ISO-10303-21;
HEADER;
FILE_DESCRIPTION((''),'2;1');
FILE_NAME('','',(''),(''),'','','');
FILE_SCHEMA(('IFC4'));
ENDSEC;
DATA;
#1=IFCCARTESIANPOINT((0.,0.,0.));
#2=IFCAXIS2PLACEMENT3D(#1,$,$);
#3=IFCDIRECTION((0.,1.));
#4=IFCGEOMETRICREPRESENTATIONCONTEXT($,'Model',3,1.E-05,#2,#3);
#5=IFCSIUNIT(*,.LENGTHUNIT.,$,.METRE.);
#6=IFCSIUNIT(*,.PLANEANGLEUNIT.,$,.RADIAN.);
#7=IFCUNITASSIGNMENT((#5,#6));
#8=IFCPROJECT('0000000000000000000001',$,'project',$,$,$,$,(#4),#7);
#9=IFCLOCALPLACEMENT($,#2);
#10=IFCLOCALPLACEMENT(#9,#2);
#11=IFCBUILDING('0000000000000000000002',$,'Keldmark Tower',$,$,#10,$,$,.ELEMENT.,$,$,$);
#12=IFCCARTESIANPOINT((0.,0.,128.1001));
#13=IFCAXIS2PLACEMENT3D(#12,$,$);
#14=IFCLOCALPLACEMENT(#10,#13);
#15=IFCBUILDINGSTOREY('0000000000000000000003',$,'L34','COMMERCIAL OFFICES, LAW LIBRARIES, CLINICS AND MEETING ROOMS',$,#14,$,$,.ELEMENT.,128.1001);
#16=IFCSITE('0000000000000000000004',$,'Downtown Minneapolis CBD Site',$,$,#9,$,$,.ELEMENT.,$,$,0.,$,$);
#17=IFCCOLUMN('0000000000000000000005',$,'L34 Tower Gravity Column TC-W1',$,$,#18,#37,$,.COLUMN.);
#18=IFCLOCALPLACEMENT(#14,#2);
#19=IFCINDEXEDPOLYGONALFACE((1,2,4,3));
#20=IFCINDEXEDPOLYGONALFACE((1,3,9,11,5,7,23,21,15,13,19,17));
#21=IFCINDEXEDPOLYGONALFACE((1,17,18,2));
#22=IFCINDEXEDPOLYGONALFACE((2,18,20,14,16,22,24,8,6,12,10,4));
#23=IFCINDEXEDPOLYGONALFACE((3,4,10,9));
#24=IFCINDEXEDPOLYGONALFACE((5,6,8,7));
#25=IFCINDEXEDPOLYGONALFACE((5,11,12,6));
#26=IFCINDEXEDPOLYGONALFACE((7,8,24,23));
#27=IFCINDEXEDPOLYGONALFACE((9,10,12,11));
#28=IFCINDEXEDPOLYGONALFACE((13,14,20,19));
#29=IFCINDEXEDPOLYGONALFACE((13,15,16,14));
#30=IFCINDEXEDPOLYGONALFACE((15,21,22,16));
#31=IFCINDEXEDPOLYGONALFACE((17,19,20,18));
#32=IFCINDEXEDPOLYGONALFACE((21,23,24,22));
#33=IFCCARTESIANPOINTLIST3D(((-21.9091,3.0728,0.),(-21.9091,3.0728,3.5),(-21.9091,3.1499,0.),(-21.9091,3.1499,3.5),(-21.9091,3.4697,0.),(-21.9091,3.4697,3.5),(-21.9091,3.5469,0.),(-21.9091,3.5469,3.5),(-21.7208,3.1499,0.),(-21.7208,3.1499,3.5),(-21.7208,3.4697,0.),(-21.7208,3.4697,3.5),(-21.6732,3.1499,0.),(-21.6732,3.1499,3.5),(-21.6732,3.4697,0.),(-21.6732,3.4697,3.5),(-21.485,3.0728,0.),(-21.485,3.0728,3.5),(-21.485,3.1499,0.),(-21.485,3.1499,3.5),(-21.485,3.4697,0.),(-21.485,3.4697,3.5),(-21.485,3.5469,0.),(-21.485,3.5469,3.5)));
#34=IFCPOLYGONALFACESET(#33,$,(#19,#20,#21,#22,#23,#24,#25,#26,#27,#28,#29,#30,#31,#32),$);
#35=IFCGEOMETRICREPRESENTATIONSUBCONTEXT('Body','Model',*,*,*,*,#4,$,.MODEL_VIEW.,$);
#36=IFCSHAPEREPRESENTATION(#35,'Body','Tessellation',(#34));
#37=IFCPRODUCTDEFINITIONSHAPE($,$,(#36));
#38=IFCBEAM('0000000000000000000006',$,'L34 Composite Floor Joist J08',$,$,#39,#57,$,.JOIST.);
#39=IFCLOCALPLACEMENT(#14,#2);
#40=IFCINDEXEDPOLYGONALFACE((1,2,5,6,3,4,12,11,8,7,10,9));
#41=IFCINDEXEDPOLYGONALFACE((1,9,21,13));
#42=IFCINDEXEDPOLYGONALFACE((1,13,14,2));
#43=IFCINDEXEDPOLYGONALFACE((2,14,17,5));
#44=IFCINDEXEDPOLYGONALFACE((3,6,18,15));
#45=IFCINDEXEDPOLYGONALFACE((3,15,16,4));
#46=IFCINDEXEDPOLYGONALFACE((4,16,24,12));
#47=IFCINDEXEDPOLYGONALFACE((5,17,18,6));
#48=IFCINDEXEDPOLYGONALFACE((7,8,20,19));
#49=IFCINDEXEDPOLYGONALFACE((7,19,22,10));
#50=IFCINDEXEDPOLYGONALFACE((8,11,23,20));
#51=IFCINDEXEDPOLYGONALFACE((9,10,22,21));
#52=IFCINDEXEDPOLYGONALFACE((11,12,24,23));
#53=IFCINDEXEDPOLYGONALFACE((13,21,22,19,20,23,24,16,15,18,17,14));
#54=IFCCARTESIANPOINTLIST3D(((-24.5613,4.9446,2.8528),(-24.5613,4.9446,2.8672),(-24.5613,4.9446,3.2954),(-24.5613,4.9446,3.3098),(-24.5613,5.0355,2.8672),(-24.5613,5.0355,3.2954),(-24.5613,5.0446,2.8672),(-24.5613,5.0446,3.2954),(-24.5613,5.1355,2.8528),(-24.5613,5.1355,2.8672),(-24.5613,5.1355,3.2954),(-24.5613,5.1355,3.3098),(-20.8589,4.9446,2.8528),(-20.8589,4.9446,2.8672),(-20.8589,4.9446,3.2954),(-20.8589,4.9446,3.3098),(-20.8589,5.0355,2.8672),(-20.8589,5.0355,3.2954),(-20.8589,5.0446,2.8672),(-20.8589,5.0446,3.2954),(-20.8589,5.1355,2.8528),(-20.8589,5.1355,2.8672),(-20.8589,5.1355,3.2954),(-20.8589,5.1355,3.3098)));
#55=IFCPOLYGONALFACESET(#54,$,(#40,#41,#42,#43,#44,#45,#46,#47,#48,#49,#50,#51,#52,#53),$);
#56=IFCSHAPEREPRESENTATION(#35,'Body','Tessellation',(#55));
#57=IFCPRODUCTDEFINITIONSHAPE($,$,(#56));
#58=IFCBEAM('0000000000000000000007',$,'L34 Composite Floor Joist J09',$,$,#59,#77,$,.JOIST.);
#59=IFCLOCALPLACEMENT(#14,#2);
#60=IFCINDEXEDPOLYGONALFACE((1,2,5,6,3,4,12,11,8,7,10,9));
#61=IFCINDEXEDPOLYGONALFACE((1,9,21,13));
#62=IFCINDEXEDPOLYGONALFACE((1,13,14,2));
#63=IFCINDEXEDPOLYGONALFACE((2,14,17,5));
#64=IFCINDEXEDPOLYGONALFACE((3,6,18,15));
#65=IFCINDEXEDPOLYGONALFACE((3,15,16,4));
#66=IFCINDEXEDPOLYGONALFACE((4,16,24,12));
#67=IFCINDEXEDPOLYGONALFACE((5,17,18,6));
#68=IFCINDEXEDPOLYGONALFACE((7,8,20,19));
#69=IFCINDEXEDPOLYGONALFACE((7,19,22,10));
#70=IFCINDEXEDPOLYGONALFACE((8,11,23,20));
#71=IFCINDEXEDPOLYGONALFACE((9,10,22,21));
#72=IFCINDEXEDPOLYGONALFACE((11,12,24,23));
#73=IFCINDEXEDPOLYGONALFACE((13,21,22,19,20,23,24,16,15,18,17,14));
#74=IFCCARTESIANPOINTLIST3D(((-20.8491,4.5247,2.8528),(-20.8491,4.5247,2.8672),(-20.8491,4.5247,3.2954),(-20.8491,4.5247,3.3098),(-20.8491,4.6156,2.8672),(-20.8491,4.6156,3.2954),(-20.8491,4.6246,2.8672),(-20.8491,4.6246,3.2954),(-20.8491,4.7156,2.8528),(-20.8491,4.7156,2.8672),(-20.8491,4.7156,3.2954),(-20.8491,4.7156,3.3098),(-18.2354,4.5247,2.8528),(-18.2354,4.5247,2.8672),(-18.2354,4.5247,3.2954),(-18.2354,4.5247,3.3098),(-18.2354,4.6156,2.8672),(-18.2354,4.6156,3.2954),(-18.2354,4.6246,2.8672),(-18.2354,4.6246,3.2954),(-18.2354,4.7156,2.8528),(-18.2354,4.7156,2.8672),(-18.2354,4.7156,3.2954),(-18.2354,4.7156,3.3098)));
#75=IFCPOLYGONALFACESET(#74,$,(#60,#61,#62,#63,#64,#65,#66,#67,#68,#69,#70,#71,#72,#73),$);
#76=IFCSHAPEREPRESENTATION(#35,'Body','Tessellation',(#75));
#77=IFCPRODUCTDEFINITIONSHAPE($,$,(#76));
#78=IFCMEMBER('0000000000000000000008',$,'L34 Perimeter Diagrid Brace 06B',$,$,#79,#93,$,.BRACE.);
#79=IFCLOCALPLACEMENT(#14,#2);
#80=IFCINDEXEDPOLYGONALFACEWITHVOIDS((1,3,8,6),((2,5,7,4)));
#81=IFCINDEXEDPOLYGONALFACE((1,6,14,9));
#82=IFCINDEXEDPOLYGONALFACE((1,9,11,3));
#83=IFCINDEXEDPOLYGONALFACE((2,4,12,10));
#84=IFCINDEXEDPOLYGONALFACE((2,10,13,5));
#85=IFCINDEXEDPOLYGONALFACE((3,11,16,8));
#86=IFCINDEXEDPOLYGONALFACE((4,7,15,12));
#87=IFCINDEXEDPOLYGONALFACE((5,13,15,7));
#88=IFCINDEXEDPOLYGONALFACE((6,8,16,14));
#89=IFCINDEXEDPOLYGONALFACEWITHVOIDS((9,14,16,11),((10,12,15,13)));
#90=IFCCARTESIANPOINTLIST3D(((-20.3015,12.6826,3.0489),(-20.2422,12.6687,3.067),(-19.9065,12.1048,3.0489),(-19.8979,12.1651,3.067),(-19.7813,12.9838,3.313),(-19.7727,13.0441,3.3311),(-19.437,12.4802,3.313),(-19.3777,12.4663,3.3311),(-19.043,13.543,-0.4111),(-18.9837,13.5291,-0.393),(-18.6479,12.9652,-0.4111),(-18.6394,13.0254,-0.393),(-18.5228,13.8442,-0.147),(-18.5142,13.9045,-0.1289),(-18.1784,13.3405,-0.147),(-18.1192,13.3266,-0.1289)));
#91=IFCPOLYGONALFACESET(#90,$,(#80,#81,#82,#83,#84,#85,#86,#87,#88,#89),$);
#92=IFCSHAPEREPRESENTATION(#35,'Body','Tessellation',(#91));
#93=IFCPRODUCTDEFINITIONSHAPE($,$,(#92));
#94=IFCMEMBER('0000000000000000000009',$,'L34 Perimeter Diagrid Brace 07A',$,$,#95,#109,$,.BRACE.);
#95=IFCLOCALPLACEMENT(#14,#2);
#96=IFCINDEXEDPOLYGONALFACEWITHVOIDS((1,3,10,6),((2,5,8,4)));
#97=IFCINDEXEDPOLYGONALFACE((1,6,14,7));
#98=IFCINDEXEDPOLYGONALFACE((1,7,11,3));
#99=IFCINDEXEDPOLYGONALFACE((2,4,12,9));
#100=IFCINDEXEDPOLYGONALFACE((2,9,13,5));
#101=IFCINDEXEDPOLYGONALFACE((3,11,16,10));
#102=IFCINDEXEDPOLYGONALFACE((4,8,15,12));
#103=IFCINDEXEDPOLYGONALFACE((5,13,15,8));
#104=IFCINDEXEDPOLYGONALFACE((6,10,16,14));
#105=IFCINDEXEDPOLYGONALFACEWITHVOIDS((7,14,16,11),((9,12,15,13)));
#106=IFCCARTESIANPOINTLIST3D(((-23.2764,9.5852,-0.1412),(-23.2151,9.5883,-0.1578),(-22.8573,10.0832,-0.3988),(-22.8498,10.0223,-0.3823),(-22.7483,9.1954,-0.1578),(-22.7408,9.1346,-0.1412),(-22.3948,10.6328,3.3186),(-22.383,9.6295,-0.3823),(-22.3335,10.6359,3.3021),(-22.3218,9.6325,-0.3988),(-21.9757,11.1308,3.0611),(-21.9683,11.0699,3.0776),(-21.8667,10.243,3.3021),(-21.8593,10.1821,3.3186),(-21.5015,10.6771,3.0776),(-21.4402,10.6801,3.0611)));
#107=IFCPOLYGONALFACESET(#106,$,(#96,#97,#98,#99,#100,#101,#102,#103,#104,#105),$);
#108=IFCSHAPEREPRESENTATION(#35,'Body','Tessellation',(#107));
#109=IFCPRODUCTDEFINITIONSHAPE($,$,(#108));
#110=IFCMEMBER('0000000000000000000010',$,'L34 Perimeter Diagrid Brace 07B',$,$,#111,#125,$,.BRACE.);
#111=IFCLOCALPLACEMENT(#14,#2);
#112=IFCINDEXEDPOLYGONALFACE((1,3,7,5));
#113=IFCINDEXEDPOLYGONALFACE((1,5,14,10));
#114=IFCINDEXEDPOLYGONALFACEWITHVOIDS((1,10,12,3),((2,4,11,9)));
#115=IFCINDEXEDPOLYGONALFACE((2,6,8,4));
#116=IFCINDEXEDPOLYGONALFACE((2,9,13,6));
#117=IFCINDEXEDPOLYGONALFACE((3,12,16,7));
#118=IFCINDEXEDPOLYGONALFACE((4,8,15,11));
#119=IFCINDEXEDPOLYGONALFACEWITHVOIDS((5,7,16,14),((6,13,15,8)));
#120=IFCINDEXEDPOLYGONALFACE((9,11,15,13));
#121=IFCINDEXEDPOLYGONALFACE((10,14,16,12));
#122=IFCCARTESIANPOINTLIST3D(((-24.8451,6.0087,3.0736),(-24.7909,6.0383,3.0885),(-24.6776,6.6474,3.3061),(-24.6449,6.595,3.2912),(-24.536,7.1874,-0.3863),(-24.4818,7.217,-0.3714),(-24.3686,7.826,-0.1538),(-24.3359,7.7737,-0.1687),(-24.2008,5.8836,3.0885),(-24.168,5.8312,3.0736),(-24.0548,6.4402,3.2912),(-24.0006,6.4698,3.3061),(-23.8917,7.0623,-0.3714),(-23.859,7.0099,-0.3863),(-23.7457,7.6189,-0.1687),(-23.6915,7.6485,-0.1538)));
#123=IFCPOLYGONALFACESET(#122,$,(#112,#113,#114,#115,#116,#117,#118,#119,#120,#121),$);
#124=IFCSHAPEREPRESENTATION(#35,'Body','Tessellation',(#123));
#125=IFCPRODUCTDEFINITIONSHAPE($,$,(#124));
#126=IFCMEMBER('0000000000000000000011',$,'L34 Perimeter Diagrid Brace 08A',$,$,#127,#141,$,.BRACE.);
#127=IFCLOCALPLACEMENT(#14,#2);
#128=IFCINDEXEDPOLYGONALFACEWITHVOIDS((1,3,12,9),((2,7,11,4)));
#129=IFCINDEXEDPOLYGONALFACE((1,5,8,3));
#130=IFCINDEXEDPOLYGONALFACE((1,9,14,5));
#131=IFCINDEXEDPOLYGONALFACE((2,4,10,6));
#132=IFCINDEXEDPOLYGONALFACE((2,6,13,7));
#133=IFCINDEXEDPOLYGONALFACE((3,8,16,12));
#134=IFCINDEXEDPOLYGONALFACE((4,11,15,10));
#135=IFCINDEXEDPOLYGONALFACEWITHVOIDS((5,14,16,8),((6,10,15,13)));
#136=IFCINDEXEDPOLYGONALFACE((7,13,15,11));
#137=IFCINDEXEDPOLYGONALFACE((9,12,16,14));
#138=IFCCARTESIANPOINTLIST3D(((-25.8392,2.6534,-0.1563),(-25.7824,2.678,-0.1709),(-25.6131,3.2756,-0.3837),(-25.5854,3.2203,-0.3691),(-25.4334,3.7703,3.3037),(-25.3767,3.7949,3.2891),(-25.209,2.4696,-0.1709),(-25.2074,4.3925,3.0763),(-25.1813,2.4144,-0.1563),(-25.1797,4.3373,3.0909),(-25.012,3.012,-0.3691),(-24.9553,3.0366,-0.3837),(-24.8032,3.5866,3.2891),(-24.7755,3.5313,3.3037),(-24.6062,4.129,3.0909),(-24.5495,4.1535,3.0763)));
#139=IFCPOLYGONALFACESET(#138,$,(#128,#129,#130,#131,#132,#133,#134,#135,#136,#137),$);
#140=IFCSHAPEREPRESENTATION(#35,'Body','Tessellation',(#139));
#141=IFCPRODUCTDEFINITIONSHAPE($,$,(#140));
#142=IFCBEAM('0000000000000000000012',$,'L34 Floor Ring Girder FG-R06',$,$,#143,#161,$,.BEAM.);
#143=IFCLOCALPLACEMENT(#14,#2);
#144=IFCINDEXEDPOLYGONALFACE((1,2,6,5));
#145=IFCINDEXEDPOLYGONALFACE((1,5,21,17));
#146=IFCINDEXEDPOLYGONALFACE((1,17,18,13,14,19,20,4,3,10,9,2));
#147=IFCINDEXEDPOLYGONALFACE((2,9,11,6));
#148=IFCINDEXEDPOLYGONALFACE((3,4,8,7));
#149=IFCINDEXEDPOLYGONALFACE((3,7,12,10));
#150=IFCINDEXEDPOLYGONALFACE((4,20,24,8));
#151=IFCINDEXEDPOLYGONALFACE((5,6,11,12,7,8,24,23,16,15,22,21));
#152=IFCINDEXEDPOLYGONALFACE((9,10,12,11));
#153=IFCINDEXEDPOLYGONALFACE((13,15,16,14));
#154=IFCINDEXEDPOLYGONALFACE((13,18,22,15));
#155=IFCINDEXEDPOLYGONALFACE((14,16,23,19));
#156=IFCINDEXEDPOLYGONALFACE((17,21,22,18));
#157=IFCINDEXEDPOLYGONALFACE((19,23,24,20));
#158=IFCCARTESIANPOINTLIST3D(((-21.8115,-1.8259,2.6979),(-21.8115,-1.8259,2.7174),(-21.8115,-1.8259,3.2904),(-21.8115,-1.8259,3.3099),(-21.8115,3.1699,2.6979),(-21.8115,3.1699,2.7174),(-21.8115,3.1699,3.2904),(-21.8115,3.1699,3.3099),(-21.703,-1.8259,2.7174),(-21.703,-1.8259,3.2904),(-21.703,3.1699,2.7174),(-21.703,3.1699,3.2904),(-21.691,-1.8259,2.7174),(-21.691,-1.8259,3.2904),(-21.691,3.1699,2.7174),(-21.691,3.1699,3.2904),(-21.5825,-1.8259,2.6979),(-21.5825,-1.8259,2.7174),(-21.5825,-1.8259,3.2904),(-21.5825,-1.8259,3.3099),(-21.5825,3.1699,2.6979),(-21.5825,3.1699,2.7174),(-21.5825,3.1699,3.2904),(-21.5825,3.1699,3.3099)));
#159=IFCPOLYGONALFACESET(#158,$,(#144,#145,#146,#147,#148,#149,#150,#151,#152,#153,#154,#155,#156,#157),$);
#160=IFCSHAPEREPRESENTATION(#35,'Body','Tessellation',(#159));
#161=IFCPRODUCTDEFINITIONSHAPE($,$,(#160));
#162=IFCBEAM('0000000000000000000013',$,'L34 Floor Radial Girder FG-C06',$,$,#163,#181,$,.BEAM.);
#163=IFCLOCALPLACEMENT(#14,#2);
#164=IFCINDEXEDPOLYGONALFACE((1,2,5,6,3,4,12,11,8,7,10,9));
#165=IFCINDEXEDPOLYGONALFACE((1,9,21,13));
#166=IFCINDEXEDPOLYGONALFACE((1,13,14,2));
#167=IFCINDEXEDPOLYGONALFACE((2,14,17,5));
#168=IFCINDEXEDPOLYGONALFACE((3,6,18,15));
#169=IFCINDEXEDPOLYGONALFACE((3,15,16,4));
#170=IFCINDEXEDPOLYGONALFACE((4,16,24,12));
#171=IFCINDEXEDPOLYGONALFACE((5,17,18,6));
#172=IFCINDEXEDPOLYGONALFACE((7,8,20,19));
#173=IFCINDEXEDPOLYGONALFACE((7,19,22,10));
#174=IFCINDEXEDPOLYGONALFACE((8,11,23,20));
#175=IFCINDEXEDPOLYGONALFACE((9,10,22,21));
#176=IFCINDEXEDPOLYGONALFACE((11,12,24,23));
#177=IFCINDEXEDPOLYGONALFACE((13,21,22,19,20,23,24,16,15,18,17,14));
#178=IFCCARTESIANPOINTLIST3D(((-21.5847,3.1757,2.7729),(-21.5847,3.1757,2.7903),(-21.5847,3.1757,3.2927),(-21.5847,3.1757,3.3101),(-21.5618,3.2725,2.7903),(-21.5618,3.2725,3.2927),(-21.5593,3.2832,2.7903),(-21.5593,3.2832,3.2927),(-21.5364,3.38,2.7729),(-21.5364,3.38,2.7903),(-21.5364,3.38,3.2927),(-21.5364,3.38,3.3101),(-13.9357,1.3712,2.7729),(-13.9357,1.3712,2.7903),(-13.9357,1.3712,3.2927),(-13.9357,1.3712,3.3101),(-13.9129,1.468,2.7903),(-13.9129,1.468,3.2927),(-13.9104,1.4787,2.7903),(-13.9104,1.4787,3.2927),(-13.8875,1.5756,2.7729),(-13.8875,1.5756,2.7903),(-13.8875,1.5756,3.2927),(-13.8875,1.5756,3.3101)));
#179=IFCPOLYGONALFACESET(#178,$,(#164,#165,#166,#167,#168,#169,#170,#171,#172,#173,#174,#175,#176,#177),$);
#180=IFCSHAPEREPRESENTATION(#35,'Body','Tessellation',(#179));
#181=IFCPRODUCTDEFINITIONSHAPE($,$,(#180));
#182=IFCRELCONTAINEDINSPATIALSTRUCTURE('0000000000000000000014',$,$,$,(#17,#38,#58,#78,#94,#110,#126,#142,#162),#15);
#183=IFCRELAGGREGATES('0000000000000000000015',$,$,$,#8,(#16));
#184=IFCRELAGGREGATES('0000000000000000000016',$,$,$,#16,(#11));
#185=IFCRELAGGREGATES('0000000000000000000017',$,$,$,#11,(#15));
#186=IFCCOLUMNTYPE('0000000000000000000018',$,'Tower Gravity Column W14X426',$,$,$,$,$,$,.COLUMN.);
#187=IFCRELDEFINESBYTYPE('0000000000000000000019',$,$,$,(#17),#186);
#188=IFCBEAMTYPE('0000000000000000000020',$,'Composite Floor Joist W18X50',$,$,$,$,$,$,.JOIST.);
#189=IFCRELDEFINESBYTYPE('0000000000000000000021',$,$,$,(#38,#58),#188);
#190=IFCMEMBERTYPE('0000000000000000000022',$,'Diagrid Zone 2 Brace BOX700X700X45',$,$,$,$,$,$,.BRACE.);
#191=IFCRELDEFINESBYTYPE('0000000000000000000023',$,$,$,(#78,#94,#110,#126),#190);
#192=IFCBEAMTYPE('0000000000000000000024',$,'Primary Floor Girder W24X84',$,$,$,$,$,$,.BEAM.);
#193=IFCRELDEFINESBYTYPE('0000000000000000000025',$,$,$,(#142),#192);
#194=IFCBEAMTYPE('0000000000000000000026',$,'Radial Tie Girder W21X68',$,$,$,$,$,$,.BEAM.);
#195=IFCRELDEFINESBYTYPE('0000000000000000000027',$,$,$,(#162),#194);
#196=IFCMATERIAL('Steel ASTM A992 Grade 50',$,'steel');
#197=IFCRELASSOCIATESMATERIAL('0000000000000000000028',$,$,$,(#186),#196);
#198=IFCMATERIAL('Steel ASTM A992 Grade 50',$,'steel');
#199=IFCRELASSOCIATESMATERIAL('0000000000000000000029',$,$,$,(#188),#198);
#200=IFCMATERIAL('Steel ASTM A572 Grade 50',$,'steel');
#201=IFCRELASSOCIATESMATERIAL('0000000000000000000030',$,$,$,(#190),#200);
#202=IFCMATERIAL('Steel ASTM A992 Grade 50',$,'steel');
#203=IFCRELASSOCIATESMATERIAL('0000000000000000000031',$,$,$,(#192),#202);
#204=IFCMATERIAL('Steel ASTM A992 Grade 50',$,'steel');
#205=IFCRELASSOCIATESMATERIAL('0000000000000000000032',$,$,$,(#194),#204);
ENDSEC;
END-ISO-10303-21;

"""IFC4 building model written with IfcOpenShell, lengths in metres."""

from ifc_helpers import new_model, si_unit, direction, frame, origin, origin_2d, place, context, subcontext, project, spatial, hollow_rectangle, i_section, extrude, material, material_profile, profile_set, type_object, element, save


model = new_model("IFC4")

# Units and contexts
model_context = context("Model", 3, precision=1e-05, world=origin(), true_north=direction((0.0, 1.0)))
body_context = subcontext(model_context, "Body", "Model", "MODEL_VIEW")
ifc_project = project(units=[si_unit("LENGTHUNIT", "METRE"), si_unit("PLANEANGLEUNIT", "RADIAN")], contexts=[model_context])

# Site, building, storey
site_placement = place(None, origin())
site = spatial("IfcSite", under=ifc_project, at=site_placement, Name="Downtown Minneapolis CBD Site", CompositionType="ELEMENT", RefElevation=0.0)
building_placement = place(site_placement, origin())
building = spatial("IfcBuilding", under=site, at=building_placement, Name="Keldmark Tower", CompositionType="ELEMENT")
storey_placement = place(building_placement, frame((0.0, 0.0, 128.1001)))
storey = spatial("IfcBuildingStorey", under=building, at=storey_placement, Name="L34", Description="COMMERCIAL OFFICES, LAW LIBRARIES, CLINICS AND MEETING ROOMS", CompositionType="ELEMENT", Elevation=128.1001)

# Column
ifc_material_1 = material(Name="Steel ASTM A992 Grade 50", Category="steel")
ifc_material_profile_1 = material_profile(ifc_material_1, i_section(OverallWidth=0.4241, OverallDepth=0.4741, WebThickness=0.0476, FlangeThickness=0.0771, at=origin_2d()), Name="W14X426")
ifc_profile_set_1 = profile_set([ifc_material_profile_1], Name="Steel ASTM A992 Grade 50")
column_type = type_object("IfcColumnType", Name="Tower Gravity Column W14X426", PredefinedType="COLUMN", material=ifc_profile_set_1)
column_placement = place(storey_placement, frame((-21.697, 3.3098, 0.0), z_axis=(0.0, 0.0, 1.0), x_axis=(1.0, 0.0, 0.0)))
element("IfcColumn", 1, at=column_placement, inside=storey, type_object=column_type, Name="L34 Tower Gravity Column TC-W1", PredefinedType="COLUMN", context=body_context, shape_type="SweptSolid", body=[
    extrude(i_section(OverallWidth=0.4241, OverallDepth=0.4741, WebThickness=0.0476, FlangeThickness=0.0771, at=origin_2d()), origin(), (0.0, 0.0, 1.0), 3.5),
])

# Beams
ifc_material_2 = material(Name="Steel ASTM A992 Grade 50", Category="steel")
ifc_material_profile_2 = material_profile(ifc_material_2, i_section(OverallWidth=0.1909, OverallDepth=0.457, WebThickness=0.009, FlangeThickness=0.0144, at=origin_2d()), Name="W18X50")
ifc_profile_set_2 = profile_set([ifc_material_profile_2], Name="Steel ASTM A992 Grade 50")
beam_type_1 = type_object("IfcBeamType", Name="Composite Floor Joist W18X50", PredefinedType="JOIST", material=ifc_profile_set_2)
beam_1_placement = place(storey_placement, frame((-24.5613, 5.04, 3.0813), z_axis=(1.0, 0.0, 0.0), x_axis=(0.0, 1.0, 0.0)))
element("IfcBeam", 2, at=beam_1_placement, inside=storey, type_object=beam_type_1, Name="L34 Composite Floor Joist J08", PredefinedType="JOIST", context=body_context, shape_type="SweptSolid", body=[
    extrude(i_section(OverallWidth=0.1909, OverallDepth=0.457, WebThickness=0.009, FlangeThickness=0.0144, at=origin_2d()), origin(), (0.0, 0.0, 1.0), 3.7024),
])
beam_2_placement = place(storey_placement, frame((-20.8491, 4.6201, 3.0813), z_axis=(1.0, 0.0, 0.0), x_axis=(0.0, 1.0, 0.0)))
element("IfcBeam", 3, at=beam_2_placement, inside=storey, type_object=beam_type_1, Name="L34 Composite Floor Joist J09", PredefinedType="JOIST", context=body_context, shape_type="SweptSolid", body=[
    extrude(i_section(OverallWidth=0.1909, OverallDepth=0.457, WebThickness=0.009, FlangeThickness=0.0144, at=origin_2d()), origin(), (0.0, 0.0, 1.0), 2.6138),
])

# Members
ifc_material_3 = material(Name="Steel ASTM A572 Grade 50", Category="steel")
ifc_material_profile_3 = material_profile(ifc_material_3, hollow_rectangle(XDim=0.7, YDim=0.7, WallThickness=0.0449, at=origin_2d()), Name="BOX700X700X45")
ifc_profile_set_3 = profile_set([ifc_material_profile_3], Name="Steel ASTM A572 Grade 50")
member_type = type_object("IfcMemberType", Name="Diagrid Zone 2 Brace BOX700X700X45", PredefinedType="BRACE", material=ifc_profile_set_3)
member_1_placement = place(storey_placement, frame((-18.5811, 13.4348, -0.27), z_axis=(-0.332866, -0.22755, 0.915107), x_axis=(0.564345, -0.825539, 0.0)))
element("IfcMember", 4, at=member_1_placement, inside=storey, type_object=member_type, Name="L34 Perimeter Diagrid Brace 06B", PredefinedType="BRACE", context=body_context, shape_type="SweptSolid", body=[
    extrude(hollow_rectangle(XDim=0.7, YDim=0.7, WallThickness=0.0449, at=origin_2d()), origin(), (0.0, 0.0, 1.0), 3.781),
])
member_2_placement = place(storey_placement, frame((-22.7991, 9.6089, -0.27), z_axis=(0.236922, 0.281537, 0.929841), x_axis=(-0.765128, 0.643878, 0.0)))
element("IfcMember", 5, at=member_2_placement, inside=storey, type_object=member_type, Name="L34 Perimeter Diagrid Brace 07A", PredefinedType="BRACE", context=body_context, shape_type="SweptSolid", body=[
    extrude(hollow_rectangle(XDim=0.7, YDim=0.7, WallThickness=0.0449, at=origin_2d()), origin(), (0.0, 0.0, 1.0), 3.7209),
])
member_3_placement = place(storey_placement, frame((-24.1138, 7.418, -0.27), z_axis=(-0.084258, -0.321326, 0.943213), x_axis=(0.967297, -0.253645, 0.0)))
element("IfcMember", 6, at=member_3_placement, inside=storey, type_object=member_type, Name="L34 Perimeter Diagrid Brace 07B", PredefinedType="BRACE", context=body_context, shape_type="SweptSolid", body=[
    extrude(hollow_rectangle(XDim=0.7, YDim=0.7, WallThickness=0.0449, at=origin_2d()), origin(), (0.0, 0.0, 1.0), 3.6682),
])
member_4_placement = place(storey_placement, frame((-25.3972, 2.845, -0.27), z_axis=(0.110914, 0.305313, 0.945771), x_axis=(-0.939901, 0.341446, 0.0)))
element("IfcMember", 7, at=member_4_placement, inside=storey, type_object=member_type, Name="L34 Perimeter Diagrid Brace 08A", PredefinedType="BRACE", context=body_context, shape_type="SweptSolid", body=[
    extrude(hollow_rectangle(XDim=0.7, YDim=0.7, WallThickness=0.0449, at=origin_2d()), origin(), (0.0, 0.0, 1.0), 3.6584),
])

# Beams
ifc_material_4 = material(Name="Steel ASTM A992 Grade 50", Category="steel")
ifc_material_profile_4 = material_profile(ifc_material_4, i_section(OverallWidth=0.229, OverallDepth=0.6121, WebThickness=0.012, FlangeThickness=0.0195, at=origin_2d()), Name="W24X84")
ifc_profile_set_4 = profile_set([ifc_material_profile_4], Name="Steel ASTM A992 Grade 50")
beam_type_2 = type_object("IfcBeamType", Name="Primary Floor Girder W24X84", PredefinedType="BEAM", material=ifc_profile_set_4)
beam_3_placement = place(storey_placement, frame((-21.697, 3.1699, 3.0039), z_axis=(0.0, -1.0, 0.0), x_axis=(1.0, 0.0, 0.0)))
element("IfcBeam", 8, at=beam_3_placement, inside=storey, type_object=beam_type_2, Name="L34 Floor Ring Girder FG-R06", PredefinedType="BEAM", context=body_context, shape_type="SweptSolid", body=[
    extrude(i_section(OverallWidth=0.229, OverallDepth=0.6121, WebThickness=0.012, FlangeThickness=0.0195, at=origin_2d()), origin(), (0.0, 0.0, 1.0), 4.9958),
])
ifc_material_5 = material(Name="Steel ASTM A992 Grade 50", Category="steel")
ifc_material_profile_5 = material_profile(ifc_material_5, i_section(OverallWidth=0.21, OverallDepth=0.5371, WebThickness=0.011, FlangeThickness=0.0173, at=origin_2d()), Name="W21X68")
ifc_profile_set_5 = profile_set([ifc_material_profile_5], Name="Steel ASTM A992 Grade 50")
beam_type_3 = type_object("IfcBeamType", Name="Radial Tie Girder W21X68", PredefinedType="BEAM", material=ifc_profile_set_5)
beam_4_placement = place(storey_placement, frame((-21.5605, 3.2778, 3.0415), z_axis=(0.973284, -0.229606, 0.0), x_axis=(0.229606, 0.973284, 0.0)))
element("IfcBeam", 9, at=beam_4_placement, inside=storey, type_object=beam_type_3, Name="L34 Floor Radial Girder FG-C06", PredefinedType="BEAM", context=body_context, shape_type="SweptSolid", body=[
    extrude(i_section(OverallWidth=0.21, OverallDepth=0.5371, WebThickness=0.011, FlangeThickness=0.0173, at=origin_2d()), origin(), (0.0, 0.0, 1.0), 7.8589),
])

save(model, "model.ifc")
